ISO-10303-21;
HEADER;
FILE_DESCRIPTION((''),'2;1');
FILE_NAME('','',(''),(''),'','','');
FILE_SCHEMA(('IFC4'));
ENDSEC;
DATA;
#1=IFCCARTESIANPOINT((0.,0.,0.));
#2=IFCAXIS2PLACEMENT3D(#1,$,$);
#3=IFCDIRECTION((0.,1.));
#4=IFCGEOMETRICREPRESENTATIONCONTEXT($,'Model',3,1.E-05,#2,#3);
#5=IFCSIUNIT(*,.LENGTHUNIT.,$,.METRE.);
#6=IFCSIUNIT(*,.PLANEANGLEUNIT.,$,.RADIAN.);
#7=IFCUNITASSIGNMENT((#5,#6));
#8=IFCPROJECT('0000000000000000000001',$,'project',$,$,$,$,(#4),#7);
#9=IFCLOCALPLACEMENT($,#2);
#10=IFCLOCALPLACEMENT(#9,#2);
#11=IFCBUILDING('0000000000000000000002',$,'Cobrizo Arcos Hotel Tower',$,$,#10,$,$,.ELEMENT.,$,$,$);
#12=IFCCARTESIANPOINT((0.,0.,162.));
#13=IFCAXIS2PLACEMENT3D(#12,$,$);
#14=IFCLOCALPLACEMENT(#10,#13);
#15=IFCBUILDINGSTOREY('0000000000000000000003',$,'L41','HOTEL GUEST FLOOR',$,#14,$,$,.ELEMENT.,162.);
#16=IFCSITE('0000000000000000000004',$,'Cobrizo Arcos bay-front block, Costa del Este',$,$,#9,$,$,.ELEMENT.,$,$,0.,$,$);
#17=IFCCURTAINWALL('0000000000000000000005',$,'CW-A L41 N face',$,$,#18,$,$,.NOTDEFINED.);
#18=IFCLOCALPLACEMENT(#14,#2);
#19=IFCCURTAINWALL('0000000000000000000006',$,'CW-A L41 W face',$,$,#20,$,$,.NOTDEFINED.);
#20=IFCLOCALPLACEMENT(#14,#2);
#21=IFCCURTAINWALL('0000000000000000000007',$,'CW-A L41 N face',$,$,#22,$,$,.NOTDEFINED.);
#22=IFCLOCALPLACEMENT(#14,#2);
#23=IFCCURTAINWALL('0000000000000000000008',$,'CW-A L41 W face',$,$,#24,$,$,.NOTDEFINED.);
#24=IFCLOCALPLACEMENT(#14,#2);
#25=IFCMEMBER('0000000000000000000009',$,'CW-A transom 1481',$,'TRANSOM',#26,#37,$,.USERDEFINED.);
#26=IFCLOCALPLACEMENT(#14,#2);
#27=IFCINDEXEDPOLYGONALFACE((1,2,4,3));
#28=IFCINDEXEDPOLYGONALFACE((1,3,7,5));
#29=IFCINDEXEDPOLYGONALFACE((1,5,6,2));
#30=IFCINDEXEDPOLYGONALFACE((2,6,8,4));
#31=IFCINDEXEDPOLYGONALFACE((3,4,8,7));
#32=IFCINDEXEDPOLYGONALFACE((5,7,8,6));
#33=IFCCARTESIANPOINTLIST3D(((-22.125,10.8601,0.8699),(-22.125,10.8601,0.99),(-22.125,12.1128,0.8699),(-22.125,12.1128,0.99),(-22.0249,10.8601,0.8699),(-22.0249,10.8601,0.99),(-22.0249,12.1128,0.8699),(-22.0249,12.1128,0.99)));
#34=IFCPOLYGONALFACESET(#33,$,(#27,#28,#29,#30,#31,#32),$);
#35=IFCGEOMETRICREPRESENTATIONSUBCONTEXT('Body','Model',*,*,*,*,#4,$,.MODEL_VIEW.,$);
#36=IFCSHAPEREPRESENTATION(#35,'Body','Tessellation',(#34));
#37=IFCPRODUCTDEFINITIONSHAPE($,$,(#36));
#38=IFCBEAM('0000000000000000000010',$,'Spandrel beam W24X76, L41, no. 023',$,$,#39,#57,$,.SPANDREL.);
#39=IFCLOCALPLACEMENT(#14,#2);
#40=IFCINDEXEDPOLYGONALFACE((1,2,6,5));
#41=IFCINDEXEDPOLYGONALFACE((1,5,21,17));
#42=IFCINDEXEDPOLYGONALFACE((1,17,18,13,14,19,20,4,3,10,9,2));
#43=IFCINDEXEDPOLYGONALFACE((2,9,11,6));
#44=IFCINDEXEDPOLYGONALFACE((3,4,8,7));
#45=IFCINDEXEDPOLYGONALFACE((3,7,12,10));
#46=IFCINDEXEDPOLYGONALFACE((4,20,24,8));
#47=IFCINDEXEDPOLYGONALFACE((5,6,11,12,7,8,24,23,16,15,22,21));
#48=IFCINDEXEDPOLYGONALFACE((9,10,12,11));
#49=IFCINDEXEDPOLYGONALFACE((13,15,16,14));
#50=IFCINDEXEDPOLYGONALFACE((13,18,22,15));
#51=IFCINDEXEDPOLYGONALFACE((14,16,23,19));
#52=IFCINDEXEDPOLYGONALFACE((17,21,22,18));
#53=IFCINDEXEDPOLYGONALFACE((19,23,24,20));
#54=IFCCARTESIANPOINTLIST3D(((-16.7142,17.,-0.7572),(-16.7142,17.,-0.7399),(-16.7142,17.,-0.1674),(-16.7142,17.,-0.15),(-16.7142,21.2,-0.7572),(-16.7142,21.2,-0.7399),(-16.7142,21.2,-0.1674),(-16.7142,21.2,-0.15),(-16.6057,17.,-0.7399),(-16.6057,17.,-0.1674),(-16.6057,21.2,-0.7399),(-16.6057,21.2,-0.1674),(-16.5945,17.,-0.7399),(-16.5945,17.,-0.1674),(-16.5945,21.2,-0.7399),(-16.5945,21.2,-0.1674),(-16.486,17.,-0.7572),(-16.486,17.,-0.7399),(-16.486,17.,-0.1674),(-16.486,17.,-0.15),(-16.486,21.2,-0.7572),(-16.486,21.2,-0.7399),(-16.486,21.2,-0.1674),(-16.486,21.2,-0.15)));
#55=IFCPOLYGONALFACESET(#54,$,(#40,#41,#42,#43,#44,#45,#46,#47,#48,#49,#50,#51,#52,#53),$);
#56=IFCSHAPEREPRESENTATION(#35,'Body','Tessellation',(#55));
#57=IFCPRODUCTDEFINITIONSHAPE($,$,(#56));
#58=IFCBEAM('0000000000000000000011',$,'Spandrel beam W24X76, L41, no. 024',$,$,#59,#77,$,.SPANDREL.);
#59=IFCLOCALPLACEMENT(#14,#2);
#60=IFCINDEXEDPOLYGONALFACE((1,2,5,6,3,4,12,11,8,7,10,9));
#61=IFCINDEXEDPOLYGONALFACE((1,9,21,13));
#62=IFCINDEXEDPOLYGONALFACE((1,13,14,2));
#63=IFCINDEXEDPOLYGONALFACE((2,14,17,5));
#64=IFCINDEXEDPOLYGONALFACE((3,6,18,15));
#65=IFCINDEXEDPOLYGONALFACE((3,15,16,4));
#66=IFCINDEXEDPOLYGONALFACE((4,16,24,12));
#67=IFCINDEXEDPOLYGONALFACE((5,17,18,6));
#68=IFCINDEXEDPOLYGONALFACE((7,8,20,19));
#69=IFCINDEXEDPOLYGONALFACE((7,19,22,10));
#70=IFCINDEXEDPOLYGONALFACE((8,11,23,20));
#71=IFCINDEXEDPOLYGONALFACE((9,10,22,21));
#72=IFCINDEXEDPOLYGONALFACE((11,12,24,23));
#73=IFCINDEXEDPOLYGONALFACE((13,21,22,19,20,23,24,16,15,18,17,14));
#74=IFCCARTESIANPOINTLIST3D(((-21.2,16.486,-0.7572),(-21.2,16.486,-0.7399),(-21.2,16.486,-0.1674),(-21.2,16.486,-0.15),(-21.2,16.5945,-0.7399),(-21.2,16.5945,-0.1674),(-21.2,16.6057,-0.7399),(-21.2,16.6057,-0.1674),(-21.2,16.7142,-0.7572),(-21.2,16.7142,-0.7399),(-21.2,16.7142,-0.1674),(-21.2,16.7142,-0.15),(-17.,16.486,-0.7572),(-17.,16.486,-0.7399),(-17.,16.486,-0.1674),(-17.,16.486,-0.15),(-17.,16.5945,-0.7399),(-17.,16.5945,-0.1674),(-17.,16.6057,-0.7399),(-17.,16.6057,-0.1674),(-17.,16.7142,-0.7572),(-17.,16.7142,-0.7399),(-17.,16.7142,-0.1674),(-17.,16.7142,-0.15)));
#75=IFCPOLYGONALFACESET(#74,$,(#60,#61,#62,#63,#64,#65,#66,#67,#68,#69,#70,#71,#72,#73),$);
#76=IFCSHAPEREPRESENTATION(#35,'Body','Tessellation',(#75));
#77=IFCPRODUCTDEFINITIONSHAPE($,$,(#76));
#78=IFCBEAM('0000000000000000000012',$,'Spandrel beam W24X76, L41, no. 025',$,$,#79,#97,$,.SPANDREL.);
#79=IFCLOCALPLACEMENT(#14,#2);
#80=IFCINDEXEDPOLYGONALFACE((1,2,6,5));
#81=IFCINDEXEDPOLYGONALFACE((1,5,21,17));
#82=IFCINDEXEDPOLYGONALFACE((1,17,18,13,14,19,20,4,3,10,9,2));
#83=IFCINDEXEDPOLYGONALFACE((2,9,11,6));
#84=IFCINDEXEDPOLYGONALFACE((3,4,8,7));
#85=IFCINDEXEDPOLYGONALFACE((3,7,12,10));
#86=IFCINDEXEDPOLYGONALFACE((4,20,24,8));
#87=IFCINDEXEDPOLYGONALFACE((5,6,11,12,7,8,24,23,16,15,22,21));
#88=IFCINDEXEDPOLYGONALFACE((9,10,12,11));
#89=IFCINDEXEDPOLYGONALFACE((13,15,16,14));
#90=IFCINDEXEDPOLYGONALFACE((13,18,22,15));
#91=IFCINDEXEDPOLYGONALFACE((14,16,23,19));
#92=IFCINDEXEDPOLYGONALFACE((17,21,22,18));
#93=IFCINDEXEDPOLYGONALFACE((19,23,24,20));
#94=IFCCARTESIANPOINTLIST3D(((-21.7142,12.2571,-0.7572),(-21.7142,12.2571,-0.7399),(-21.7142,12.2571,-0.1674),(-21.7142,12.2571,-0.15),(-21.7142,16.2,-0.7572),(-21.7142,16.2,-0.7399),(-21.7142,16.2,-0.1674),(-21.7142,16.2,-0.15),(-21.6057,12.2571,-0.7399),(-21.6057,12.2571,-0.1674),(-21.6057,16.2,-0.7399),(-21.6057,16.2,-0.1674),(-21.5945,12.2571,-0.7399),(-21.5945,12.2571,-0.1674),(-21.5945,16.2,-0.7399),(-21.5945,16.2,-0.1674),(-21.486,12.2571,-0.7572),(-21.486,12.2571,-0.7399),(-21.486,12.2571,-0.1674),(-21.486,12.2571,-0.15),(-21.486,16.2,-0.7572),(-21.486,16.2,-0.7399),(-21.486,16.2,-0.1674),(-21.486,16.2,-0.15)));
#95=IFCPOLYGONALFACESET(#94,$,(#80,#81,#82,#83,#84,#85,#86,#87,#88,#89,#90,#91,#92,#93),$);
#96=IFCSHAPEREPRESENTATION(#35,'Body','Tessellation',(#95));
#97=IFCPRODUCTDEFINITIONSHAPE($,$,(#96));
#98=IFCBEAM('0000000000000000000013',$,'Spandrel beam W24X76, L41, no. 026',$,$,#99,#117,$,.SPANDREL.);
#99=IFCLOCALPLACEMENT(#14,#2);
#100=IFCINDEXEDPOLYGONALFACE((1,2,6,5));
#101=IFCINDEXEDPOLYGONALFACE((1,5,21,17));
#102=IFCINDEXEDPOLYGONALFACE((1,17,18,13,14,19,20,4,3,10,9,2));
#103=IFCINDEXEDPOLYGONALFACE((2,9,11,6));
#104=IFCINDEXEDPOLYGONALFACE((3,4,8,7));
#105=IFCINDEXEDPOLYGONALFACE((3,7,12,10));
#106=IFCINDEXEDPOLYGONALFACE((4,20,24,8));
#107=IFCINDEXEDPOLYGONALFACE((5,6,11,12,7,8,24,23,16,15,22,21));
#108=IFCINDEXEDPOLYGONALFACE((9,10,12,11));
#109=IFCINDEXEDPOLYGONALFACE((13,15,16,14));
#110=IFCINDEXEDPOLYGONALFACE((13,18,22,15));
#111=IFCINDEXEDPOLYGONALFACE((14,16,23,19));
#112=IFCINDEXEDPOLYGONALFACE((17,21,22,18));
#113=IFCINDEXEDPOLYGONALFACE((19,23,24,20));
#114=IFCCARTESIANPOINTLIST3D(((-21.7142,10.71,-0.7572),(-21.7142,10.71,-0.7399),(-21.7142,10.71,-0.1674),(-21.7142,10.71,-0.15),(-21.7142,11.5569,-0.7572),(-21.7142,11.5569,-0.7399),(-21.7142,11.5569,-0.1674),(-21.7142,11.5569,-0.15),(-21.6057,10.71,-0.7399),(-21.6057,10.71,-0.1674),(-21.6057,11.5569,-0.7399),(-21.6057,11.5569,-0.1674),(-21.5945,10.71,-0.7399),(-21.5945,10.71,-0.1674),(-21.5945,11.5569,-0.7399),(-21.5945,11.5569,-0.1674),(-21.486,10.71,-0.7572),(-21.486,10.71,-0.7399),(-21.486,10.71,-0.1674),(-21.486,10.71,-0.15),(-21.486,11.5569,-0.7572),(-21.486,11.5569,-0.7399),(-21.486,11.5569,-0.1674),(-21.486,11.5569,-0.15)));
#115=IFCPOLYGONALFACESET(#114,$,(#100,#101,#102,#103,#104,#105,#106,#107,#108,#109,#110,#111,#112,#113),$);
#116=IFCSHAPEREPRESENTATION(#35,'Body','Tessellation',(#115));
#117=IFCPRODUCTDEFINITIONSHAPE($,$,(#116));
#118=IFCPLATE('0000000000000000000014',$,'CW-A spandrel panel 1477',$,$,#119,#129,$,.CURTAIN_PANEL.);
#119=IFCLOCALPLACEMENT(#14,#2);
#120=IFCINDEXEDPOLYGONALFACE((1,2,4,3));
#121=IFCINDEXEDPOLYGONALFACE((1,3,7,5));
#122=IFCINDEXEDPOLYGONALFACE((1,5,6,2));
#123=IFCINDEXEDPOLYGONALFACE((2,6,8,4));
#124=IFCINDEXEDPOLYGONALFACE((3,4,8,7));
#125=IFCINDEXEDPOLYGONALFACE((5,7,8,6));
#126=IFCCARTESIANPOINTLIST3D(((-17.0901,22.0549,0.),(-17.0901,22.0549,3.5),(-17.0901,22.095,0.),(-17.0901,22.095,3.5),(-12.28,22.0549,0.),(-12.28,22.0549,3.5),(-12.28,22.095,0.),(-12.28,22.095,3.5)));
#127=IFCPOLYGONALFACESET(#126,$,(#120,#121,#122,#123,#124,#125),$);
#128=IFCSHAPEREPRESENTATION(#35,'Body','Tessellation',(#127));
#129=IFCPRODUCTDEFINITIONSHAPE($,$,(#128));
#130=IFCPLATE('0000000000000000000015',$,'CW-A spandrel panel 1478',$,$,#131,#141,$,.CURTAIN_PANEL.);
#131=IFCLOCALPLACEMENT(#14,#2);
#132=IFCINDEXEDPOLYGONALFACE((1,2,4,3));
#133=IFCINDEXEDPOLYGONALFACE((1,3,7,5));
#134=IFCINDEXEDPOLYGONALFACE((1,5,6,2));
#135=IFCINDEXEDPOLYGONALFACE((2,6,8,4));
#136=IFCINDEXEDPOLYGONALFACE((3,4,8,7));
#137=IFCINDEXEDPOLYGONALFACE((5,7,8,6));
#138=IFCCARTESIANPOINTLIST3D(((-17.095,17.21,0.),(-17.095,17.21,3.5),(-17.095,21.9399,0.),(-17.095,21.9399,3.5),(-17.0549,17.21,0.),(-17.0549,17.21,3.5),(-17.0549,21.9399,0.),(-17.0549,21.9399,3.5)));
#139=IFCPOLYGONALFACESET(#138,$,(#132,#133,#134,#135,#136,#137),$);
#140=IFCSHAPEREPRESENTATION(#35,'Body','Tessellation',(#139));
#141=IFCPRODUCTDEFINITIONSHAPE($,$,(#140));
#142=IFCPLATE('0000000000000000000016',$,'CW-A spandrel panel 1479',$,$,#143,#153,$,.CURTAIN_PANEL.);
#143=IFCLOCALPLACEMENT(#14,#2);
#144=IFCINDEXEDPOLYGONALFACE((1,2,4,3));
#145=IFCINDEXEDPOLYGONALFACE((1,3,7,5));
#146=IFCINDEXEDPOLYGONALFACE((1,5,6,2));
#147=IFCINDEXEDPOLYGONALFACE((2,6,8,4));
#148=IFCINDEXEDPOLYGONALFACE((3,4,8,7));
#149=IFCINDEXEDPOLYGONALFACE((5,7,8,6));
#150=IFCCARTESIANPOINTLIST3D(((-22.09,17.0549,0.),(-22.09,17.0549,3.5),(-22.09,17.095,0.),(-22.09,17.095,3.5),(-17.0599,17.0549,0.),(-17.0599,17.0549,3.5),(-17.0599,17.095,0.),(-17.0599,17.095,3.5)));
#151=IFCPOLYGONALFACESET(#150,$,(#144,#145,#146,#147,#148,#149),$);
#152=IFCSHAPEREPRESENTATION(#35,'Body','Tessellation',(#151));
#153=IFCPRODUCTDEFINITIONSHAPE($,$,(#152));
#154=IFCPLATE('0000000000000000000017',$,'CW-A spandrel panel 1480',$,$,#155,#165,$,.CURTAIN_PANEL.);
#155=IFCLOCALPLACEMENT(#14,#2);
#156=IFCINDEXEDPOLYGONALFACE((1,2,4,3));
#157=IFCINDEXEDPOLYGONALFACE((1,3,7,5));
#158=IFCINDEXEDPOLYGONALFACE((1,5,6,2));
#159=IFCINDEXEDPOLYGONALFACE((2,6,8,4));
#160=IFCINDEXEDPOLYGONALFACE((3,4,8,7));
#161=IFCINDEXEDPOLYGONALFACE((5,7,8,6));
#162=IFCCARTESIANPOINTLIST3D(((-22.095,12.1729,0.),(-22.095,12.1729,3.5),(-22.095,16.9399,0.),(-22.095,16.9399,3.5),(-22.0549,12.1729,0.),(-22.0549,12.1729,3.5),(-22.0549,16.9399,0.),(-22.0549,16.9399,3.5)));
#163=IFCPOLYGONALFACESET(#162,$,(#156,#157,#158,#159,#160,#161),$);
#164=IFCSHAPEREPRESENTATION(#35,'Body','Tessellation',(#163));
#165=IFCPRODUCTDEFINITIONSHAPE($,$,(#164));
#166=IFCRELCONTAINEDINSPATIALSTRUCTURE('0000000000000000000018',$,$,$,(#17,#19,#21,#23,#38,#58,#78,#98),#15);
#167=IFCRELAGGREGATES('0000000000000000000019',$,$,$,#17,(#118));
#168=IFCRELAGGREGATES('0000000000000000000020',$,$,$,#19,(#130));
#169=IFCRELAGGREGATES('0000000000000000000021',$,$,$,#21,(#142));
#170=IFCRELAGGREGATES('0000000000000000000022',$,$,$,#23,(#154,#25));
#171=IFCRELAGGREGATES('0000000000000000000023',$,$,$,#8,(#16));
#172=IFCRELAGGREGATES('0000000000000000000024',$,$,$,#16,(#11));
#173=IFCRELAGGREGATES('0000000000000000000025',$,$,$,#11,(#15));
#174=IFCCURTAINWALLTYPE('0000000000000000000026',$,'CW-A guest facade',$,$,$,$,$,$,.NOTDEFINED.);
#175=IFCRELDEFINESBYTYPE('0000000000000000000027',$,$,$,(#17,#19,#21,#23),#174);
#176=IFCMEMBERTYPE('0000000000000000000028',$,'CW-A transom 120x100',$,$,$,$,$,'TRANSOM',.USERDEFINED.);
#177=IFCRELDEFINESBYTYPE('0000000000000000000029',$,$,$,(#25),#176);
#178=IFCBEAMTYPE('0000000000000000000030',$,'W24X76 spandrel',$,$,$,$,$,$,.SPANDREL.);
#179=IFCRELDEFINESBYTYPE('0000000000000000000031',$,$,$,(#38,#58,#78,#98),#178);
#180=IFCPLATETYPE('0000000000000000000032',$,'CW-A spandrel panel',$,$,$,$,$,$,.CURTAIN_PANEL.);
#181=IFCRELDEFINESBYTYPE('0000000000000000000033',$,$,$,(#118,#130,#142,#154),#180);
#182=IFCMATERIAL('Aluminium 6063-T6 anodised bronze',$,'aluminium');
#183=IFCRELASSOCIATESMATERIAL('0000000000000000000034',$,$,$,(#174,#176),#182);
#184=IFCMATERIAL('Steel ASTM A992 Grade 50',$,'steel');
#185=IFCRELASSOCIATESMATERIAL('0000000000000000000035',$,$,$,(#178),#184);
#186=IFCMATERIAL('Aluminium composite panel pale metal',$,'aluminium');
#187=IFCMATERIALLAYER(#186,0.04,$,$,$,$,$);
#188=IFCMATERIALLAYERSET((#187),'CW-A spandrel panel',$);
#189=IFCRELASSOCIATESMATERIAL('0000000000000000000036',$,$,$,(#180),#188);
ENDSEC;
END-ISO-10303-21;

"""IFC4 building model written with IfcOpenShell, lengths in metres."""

from ifc_helpers import new_model, si_unit, direction, frame, origin, origin_2d, place, context, subcontext, project, spatial, rectangle, i_section, extrude, material, layer, layer_set, material_profile, profile_set, type_object, element, aggregate, save


model = new_model("IFC4")

# Units and contexts
model_context = context("Model", 3, precision=1e-05, world=origin(), true_north=direction((0.0, 1.0)))
body_context = subcontext(model_context, "Body", "Model", "MODEL_VIEW")
ifc_project = project(units=[si_unit("LENGTHUNIT", "METRE"), si_unit("PLANEANGLEUNIT", "RADIAN")], contexts=[model_context])

# Site, building, storey
site_placement = place(None, origin())
site = spatial("IfcSite", under=ifc_project, at=site_placement, Name="Cobrizo Arcos bay-front block, Costa del Este", CompositionType="ELEMENT", RefElevation=0.0)
building_placement = place(site_placement, origin())
building = spatial("IfcBuilding", under=site, at=building_placement, Name="Cobrizo Arcos Hotel Tower", CompositionType="ELEMENT")
storey_placement = place(building_placement, frame((0.0, 0.0, 162.0)))
storey = spatial("IfcBuildingStorey", under=building, at=storey_placement, Name="L41", Description="HOTEL GUEST FLOOR", CompositionType="ELEMENT", Elevation=162.0)

# Curtain wall
ifc_material_1 = material(Name="Aluminium 6063-T6 anodised bronze", Category="aluminium")
curtain_wall_type = type_object("IfcCurtainWallType", Name="CW-A guest facade", PredefinedType="NOTDEFINED", material=ifc_material_1)
curtain_wall_1_placement = place(storey_placement, origin())
curtain_wall_1 = element("IfcCurtainWall", 1, at=curtain_wall_1_placement, inside=storey, type_object=curtain_wall_type, Name="CW-A L41 N face", PredefinedType="NOTDEFINED")

# Curtain walls, member
curtain_wall_2_placement = place(storey_placement, origin())
curtain_wall_2 = element("IfcCurtainWall", 2, at=curtain_wall_2_placement, inside=storey, type_object=curtain_wall_type, Name="CW-A L41 W face", PredefinedType="NOTDEFINED")
curtain_wall_3_placement = place(storey_placement, origin())
curtain_wall_3 = element("IfcCurtainWall", 3, at=curtain_wall_3_placement, inside=storey, type_object=curtain_wall_type, Name="CW-A L41 N face", PredefinedType="NOTDEFINED")
curtain_wall_4_placement = place(storey_placement, origin())
curtain_wall_4 = element("IfcCurtainWall", 4, at=curtain_wall_4_placement, inside=storey, type_object=curtain_wall_type, Name="CW-A L41 W face", PredefinedType="NOTDEFINED")
ifc_material_profile_1 = material_profile(ifc_material_1, rectangle(XDim=0.1001, YDim=0.1201, at=origin_2d()), Name="CW-A transom 120x100")
ifc_profile_set_1 = profile_set([ifc_material_profile_1], Name="Aluminium 6063-T6 anodised bronze")
member_type_1 = type_object("IfcMemberType", Name="CW-A transom 120x100", ElementType="TRANSOM", PredefinedType="USERDEFINED", material=ifc_profile_set_1)
member_1_placement = place(storey_placement, frame((-22.075, 12.1128, 0.9299), z_axis=(0.0, -1.0, 0.0), x_axis=(1.0, 0.0, 0.0)))
member_1 = element("IfcMember", 5, at=member_1_placement, type_object=member_type_1, Name="CW-A transom 1481", ObjectType="TRANSOM", PredefinedType="USERDEFINED", context=body_context, shape_type="SweptSolid", body=[
    extrude(rectangle(XDim=0.1001, YDim=0.1201, at=origin_2d()), origin(), (0.0, 0.0, 1.0), 1.2527),
])

# Beams
ifc_material_2 = material(Name="Steel ASTM A992 Grade 50", Category="steel")
ifc_material_profile_2 = material_profile(ifc_material_2, i_section(OverallWidth=0.2283, OverallDepth=0.6072, WebThickness=0.0112, FlangeThickness=0.0173, at=origin_2d()), Name="W24X76")
ifc_profile_set_2 = profile_set([ifc_material_profile_2], Name="Steel ASTM A992 Grade 50")
beam_type_1 = type_object("IfcBeamType", Name="W24X76 spandrel", PredefinedType="SPANDREL", material=ifc_profile_set_2)
for number, where, z_axis, x_axis, name in (
    (6, (-16.6001, 21.2, -0.4536), (0.0, -1.0, 0.0), (1.0, 0.0, 0.0), "Spandrel beam W24X76, L41, no. 023"),
    (7, (-17.0, 16.6001, -0.4536), (-1.0, 0.0, 0.0), (0.0, -1.0, 0.0), "Spandrel beam W24X76, L41, no. 024"),
):
    element("IfcBeam", number, at=place(storey_placement, frame(where, z_axis=z_axis, x_axis=x_axis)), inside=storey, type_object=beam_type_1, Name=name, PredefinedType="SPANDREL", context=body_context, shape_type="SweptSolid", body=[
        extrude(i_section(OverallWidth=0.2283, OverallDepth=0.6072, WebThickness=0.0112, FlangeThickness=0.0173, at=origin_2d()), origin(), (0.0, 0.0, 1.0), 4.2),
    ])
beam_1_placement = place(storey_placement, frame((-21.6001, 16.2, -0.4536), z_axis=(0.0, -1.0, 0.0), x_axis=(1.0, 0.0, 0.0)))
element("IfcBeam", 8, at=beam_1_placement, inside=storey, type_object=beam_type_1, Name="Spandrel beam W24X76, L41, no. 025", PredefinedType="SPANDREL", context=body_context, shape_type="SweptSolid", body=[
    extrude(i_section(OverallWidth=0.2283, OverallDepth=0.6072, WebThickness=0.0112, FlangeThickness=0.0173, at=origin_2d()), origin(), (0.0, 0.0, 1.0), 3.9429),
])
beam_2_placement = place(storey_placement, frame((-21.6001, 11.5569, -0.4536), z_axis=(0.0, -1.0, 0.0), x_axis=(1.0, 0.0, 0.0)))
element("IfcBeam", 9, at=beam_2_placement, inside=storey, type_object=beam_type_1, Name="Spandrel beam W24X76, L41, no. 026", PredefinedType="SPANDREL", context=body_context, shape_type="SweptSolid", body=[
    extrude(i_section(OverallWidth=0.2283, OverallDepth=0.6072, WebThickness=0.0112, FlangeThickness=0.0173, at=origin_2d()), origin(), (0.0, 0.0, 1.0), 0.8469),
])

# Plates
ifc_material_3 = material(Name="Aluminium composite panel pale metal", Category="aluminium")
ifc_layer_1 = layer(ifc_material_3, 0.04)
ifc_layer_set_1 = layer_set([ifc_layer_1], Name="CW-A spandrel panel")
plate_type = type_object("IfcPlateType", Name="CW-A spandrel panel", PredefinedType="CURTAIN_PANEL", material=ifc_layer_set_1)
plate_1_placement = place(storey_placement, frame((-14.6851, 22.075, 0.0), z_axis=(0.0, 0.0, 1.0), x_axis=(-1.0, 0.0, 0.0)))
plate_1 = element("IfcPlate", 10, at=plate_1_placement, type_object=plate_type, Name="CW-A spandrel panel 1477", PredefinedType="CURTAIN_PANEL", context=body_context, shape_type="SweptSolid", body=[
    extrude(rectangle(XDim=4.8101, YDim=0.04, at=origin_2d()), origin(), (0.0, 0.0, 1.0), 3.5),
])
aggregate(curtain_wall_1, [plate_1])
plate_2_placement = place(storey_placement, frame((-17.075, 19.575, 0.0), z_axis=(0.0, 0.0, 1.0), x_axis=(0.0, -1.0, 0.0)))
plate_2 = element("IfcPlate", 11, at=plate_2_placement, type_object=plate_type, Name="CW-A spandrel panel 1478", PredefinedType="CURTAIN_PANEL", context=body_context, shape_type="SweptSolid", body=[
    extrude(rectangle(XDim=4.73, YDim=0.04, at=origin_2d()), origin(), (0.0, 0.0, 1.0), 3.5),
])
aggregate(curtain_wall_2, [plate_2])
plate_3_placement = place(storey_placement, frame((-19.575, 17.075, 0.0), z_axis=(0.0, 0.0, 1.0), x_axis=(-1.0, 0.0, 0.0)))
plate_3 = element("IfcPlate", 12, at=plate_3_placement, type_object=plate_type, Name="CW-A spandrel panel 1479", PredefinedType="CURTAIN_PANEL", context=body_context, shape_type="SweptSolid", body=[
    extrude(rectangle(XDim=5.03, YDim=0.04, at=origin_2d()), origin(), (0.0, 0.0, 1.0), 3.5),
])
aggregate(curtain_wall_3, [plate_3])
plate_4_placement = place(storey_placement, frame((-22.075, 14.5564, 0.0), z_axis=(0.0, 0.0, 1.0), x_axis=(0.0, -1.0, 0.0)))
plate_4 = element("IfcPlate", 13, at=plate_4_placement, type_object=plate_type, Name="CW-A spandrel panel 1480", PredefinedType="CURTAIN_PANEL", context=body_context, shape_type="SweptSolid", body=[
    extrude(rectangle(XDim=4.7671, YDim=0.04, at=origin_2d()), origin(), (0.0, 0.0, 1.0), 3.5),
])
aggregate(curtain_wall_4, [plate_4, member_1])

save(model, "model.ifc")
